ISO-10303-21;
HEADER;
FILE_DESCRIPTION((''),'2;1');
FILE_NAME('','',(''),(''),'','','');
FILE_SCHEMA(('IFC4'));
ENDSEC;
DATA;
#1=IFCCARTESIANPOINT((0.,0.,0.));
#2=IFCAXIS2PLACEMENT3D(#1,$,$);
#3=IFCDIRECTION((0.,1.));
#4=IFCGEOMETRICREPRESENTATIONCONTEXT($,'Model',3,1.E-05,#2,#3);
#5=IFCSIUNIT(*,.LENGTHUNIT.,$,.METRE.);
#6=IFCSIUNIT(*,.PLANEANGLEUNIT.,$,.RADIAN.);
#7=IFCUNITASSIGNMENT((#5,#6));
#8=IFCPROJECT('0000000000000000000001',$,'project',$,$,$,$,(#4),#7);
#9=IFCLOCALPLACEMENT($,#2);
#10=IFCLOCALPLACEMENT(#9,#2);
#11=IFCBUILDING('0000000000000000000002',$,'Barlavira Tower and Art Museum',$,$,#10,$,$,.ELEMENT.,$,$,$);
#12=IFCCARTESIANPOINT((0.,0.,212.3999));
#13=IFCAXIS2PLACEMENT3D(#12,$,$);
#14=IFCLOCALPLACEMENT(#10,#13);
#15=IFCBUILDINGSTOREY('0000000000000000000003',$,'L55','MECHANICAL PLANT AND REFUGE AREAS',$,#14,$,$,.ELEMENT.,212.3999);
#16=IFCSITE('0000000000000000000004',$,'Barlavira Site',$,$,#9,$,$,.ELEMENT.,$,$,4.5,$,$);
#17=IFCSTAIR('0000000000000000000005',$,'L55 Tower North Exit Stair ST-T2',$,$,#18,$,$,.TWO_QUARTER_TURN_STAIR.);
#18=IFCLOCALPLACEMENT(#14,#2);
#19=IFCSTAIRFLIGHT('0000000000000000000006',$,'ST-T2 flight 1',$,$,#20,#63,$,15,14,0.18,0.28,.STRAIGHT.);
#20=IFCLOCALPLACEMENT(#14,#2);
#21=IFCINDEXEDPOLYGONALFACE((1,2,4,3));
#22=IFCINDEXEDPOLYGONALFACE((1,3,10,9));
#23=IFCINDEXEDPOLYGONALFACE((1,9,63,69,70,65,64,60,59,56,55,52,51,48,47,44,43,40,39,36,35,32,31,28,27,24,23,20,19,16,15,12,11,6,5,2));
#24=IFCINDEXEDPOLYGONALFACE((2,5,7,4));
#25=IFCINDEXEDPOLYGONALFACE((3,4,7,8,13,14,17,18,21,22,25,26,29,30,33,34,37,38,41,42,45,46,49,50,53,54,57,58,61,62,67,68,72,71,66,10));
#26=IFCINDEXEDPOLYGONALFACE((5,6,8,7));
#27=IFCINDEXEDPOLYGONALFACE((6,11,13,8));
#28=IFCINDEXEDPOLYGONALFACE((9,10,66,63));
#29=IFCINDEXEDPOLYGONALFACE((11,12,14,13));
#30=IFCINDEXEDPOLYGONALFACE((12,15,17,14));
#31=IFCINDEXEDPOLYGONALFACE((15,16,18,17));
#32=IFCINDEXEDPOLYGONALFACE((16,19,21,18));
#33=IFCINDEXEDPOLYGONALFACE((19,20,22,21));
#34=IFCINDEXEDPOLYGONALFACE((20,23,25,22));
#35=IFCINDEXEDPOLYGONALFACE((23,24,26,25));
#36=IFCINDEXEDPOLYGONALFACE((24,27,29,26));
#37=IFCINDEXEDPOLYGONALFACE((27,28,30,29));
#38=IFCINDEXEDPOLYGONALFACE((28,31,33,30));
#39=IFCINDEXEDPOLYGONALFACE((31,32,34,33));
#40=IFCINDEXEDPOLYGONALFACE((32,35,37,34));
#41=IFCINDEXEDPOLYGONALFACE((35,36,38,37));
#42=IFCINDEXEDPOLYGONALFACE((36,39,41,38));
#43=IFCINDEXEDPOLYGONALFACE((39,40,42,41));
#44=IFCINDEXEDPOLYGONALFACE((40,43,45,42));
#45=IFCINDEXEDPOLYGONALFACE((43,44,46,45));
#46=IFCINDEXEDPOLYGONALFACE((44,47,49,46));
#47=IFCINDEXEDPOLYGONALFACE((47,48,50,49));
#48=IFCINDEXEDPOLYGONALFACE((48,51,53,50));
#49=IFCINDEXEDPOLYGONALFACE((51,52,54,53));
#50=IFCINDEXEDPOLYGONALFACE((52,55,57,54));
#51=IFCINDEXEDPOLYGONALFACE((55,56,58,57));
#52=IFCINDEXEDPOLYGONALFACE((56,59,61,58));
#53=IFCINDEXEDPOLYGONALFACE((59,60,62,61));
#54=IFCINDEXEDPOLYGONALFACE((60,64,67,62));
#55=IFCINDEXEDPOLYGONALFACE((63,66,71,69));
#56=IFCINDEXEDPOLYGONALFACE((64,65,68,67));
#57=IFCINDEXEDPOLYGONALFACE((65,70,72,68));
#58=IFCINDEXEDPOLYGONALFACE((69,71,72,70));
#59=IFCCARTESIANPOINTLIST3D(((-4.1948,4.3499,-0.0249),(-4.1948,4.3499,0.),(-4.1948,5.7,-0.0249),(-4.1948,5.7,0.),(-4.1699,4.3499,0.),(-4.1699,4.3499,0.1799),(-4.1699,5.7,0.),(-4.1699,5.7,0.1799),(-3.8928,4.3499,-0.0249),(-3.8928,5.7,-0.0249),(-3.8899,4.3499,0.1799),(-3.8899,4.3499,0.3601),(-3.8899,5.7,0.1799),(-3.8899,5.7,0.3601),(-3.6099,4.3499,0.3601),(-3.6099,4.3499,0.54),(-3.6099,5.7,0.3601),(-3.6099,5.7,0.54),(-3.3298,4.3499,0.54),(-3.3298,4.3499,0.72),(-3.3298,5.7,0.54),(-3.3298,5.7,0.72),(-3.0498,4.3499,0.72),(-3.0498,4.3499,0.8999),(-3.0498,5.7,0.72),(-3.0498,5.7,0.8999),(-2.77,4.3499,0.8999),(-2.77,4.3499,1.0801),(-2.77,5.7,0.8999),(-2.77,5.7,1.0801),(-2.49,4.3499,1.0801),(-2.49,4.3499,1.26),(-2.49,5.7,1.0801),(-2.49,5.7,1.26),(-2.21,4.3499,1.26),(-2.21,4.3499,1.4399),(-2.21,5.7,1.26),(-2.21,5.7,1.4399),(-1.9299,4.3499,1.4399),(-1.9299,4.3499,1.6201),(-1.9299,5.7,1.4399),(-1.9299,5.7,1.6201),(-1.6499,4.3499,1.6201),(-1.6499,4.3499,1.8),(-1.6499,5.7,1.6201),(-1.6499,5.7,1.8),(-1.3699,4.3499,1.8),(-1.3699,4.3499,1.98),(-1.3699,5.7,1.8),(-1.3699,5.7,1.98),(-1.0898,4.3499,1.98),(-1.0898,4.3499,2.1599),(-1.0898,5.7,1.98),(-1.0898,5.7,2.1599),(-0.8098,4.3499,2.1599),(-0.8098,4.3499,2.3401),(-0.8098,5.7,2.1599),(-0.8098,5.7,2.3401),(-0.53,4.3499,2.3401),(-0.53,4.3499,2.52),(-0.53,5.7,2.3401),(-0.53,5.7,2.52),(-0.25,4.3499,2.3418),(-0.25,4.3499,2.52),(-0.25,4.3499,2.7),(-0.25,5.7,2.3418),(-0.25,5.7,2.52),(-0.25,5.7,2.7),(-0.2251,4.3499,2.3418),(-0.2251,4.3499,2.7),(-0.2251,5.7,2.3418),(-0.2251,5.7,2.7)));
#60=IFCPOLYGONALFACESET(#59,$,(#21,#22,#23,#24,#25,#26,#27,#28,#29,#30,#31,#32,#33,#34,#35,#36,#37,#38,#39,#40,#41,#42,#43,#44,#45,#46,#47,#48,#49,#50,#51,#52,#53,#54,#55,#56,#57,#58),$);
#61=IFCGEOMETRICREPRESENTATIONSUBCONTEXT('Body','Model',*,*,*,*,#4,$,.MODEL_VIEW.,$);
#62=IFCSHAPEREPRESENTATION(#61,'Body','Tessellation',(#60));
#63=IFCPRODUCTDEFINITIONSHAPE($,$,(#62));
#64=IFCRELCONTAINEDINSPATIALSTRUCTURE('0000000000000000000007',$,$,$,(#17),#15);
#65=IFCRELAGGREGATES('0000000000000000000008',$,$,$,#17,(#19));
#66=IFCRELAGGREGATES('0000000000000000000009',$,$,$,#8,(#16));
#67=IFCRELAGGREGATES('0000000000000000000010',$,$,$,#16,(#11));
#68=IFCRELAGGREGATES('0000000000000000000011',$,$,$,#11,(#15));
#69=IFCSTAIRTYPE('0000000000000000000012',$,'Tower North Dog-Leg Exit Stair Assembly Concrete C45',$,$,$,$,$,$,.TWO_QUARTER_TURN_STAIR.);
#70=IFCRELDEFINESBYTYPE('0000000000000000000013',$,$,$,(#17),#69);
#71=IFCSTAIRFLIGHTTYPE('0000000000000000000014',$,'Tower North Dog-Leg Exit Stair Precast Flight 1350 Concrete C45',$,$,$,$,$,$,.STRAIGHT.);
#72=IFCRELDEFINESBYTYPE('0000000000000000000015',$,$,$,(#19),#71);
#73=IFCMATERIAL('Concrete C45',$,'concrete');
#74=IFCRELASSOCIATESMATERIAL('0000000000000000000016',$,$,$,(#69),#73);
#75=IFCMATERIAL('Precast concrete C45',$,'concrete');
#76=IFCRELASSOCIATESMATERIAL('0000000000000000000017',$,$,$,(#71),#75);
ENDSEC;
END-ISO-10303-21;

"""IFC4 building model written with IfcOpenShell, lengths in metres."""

from ifc_helpers import new_model, si_unit, direction, frame, origin, place, context, subcontext, project, spatial, polyline, outline, extrude, material, type_object, element, aggregate, save


model = new_model("IFC4")

# Units and contexts
model_context = context("Model", 3, precision=1e-05, world=origin(), true_north=direction((0.0, 1.0)))
body_context = subcontext(model_context, "Body", "Model", "MODEL_VIEW")
ifc_project = project(units=[si_unit("LENGTHUNIT", "METRE"), si_unit("PLANEANGLEUNIT", "RADIAN")], contexts=[model_context])

# Site, building, storey
site_placement = place(None, origin())
site = spatial("IfcSite", under=ifc_project, at=site_placement, Name="Barlavira Site", CompositionType="ELEMENT", RefElevation=4.5)
building_placement = place(site_placement, origin())
building = spatial("IfcBuilding", under=site, at=building_placement, Name="Barlavira Tower and Art Museum", CompositionType="ELEMENT")
storey_placement = place(building_placement, frame((0.0, 0.0, 212.3999)))
storey = spatial("IfcBuildingStorey", under=building, at=storey_placement, Name="L55", Description="MECHANICAL PLANT AND REFUGE AREAS", CompositionType="ELEMENT", Elevation=212.3999)

# Stair, stair flight
ifc_material_1 = material(Name="Concrete C45", Category="concrete")
stair_type = type_object("IfcStairType", Name="Tower North Dog-Leg Exit Stair Assembly Concrete C45", PredefinedType="TWO_QUARTER_TURN_STAIR", material=ifc_material_1)
stair_placement = place(storey_placement, origin())
stair = element("IfcStair", 1, at=stair_placement, inside=storey, type_object=stair_type, Name="L55 Tower North Exit Stair ST-T2", PredefinedType="TWO_QUARTER_TURN_STAIR")
ifc_material_2 = material(Name="Precast concrete C45", Category="concrete")
stair_flight_type = type_object("IfcStairFlightType", Name="Tower North Dog-Leg Exit Stair Precast Flight 1350 Concrete C45", PredefinedType="STRAIGHT", material=ifc_material_2)
stair_flight_placement = place(storey_placement, frame((-4.1699, 5.0249, 0.0), z_axis=(0.0, 0.0, 1.0), x_axis=(1.0, 0.0, 0.0)))
stair_flight = element("IfcStairFlight", 2, at=stair_flight_placement, type_object=stair_flight_type, Name="ST-T2 flight 1", NumberOfRisers=15, NumberOfTreads=14, PredefinedType="STRAIGHT", RiserHeight=0.18, TreadLength=0.28, context=body_context, shape_type="SweptSolid", body=[
    extrude(outline(polyline([(-0.0249, 0.0), (0.0, 0.0), (0.0, 0.1799), (0.28, 0.1799), (0.28, 0.3601), (0.5601, 0.3601), (0.5601, 0.54), (0.8401, 0.54), (0.8401, 0.72), (1.1201, 0.72), (1.1201, 0.8999), (1.3999, 0.8999), (1.3999, 1.0801), (1.6799, 1.0801), (1.6799, 1.26), (1.96, 1.26), (1.96, 1.4399), (2.24, 1.4399), (2.24, 1.6201), (2.52, 1.6201), (2.52, 1.8), (2.8, 1.8), (2.8, 1.98), (3.0801, 1.98), (3.0801, 2.1599), (3.3601, 2.1599), (3.3601, 2.3401), (3.6399, 2.3401), (3.6399, 2.52), (3.9199, 2.52), (3.9199, 2.7), (3.9448, 2.7), (3.9448, 2.3418), (3.9199, 2.3418), (0.2771, -0.0249), (-0.0249, -0.0249), (-0.0249, 0.0)])), frame((0.0, 0.675, 0.0), z_axis=(0.0, -1.0, 0.0), x_axis=(1.0, 0.0, 0.0)), (0.0, 0.0, 1.0), 1.3501),
])
aggregate(stair, [stair_flight])

save(model, "model.ifc")
